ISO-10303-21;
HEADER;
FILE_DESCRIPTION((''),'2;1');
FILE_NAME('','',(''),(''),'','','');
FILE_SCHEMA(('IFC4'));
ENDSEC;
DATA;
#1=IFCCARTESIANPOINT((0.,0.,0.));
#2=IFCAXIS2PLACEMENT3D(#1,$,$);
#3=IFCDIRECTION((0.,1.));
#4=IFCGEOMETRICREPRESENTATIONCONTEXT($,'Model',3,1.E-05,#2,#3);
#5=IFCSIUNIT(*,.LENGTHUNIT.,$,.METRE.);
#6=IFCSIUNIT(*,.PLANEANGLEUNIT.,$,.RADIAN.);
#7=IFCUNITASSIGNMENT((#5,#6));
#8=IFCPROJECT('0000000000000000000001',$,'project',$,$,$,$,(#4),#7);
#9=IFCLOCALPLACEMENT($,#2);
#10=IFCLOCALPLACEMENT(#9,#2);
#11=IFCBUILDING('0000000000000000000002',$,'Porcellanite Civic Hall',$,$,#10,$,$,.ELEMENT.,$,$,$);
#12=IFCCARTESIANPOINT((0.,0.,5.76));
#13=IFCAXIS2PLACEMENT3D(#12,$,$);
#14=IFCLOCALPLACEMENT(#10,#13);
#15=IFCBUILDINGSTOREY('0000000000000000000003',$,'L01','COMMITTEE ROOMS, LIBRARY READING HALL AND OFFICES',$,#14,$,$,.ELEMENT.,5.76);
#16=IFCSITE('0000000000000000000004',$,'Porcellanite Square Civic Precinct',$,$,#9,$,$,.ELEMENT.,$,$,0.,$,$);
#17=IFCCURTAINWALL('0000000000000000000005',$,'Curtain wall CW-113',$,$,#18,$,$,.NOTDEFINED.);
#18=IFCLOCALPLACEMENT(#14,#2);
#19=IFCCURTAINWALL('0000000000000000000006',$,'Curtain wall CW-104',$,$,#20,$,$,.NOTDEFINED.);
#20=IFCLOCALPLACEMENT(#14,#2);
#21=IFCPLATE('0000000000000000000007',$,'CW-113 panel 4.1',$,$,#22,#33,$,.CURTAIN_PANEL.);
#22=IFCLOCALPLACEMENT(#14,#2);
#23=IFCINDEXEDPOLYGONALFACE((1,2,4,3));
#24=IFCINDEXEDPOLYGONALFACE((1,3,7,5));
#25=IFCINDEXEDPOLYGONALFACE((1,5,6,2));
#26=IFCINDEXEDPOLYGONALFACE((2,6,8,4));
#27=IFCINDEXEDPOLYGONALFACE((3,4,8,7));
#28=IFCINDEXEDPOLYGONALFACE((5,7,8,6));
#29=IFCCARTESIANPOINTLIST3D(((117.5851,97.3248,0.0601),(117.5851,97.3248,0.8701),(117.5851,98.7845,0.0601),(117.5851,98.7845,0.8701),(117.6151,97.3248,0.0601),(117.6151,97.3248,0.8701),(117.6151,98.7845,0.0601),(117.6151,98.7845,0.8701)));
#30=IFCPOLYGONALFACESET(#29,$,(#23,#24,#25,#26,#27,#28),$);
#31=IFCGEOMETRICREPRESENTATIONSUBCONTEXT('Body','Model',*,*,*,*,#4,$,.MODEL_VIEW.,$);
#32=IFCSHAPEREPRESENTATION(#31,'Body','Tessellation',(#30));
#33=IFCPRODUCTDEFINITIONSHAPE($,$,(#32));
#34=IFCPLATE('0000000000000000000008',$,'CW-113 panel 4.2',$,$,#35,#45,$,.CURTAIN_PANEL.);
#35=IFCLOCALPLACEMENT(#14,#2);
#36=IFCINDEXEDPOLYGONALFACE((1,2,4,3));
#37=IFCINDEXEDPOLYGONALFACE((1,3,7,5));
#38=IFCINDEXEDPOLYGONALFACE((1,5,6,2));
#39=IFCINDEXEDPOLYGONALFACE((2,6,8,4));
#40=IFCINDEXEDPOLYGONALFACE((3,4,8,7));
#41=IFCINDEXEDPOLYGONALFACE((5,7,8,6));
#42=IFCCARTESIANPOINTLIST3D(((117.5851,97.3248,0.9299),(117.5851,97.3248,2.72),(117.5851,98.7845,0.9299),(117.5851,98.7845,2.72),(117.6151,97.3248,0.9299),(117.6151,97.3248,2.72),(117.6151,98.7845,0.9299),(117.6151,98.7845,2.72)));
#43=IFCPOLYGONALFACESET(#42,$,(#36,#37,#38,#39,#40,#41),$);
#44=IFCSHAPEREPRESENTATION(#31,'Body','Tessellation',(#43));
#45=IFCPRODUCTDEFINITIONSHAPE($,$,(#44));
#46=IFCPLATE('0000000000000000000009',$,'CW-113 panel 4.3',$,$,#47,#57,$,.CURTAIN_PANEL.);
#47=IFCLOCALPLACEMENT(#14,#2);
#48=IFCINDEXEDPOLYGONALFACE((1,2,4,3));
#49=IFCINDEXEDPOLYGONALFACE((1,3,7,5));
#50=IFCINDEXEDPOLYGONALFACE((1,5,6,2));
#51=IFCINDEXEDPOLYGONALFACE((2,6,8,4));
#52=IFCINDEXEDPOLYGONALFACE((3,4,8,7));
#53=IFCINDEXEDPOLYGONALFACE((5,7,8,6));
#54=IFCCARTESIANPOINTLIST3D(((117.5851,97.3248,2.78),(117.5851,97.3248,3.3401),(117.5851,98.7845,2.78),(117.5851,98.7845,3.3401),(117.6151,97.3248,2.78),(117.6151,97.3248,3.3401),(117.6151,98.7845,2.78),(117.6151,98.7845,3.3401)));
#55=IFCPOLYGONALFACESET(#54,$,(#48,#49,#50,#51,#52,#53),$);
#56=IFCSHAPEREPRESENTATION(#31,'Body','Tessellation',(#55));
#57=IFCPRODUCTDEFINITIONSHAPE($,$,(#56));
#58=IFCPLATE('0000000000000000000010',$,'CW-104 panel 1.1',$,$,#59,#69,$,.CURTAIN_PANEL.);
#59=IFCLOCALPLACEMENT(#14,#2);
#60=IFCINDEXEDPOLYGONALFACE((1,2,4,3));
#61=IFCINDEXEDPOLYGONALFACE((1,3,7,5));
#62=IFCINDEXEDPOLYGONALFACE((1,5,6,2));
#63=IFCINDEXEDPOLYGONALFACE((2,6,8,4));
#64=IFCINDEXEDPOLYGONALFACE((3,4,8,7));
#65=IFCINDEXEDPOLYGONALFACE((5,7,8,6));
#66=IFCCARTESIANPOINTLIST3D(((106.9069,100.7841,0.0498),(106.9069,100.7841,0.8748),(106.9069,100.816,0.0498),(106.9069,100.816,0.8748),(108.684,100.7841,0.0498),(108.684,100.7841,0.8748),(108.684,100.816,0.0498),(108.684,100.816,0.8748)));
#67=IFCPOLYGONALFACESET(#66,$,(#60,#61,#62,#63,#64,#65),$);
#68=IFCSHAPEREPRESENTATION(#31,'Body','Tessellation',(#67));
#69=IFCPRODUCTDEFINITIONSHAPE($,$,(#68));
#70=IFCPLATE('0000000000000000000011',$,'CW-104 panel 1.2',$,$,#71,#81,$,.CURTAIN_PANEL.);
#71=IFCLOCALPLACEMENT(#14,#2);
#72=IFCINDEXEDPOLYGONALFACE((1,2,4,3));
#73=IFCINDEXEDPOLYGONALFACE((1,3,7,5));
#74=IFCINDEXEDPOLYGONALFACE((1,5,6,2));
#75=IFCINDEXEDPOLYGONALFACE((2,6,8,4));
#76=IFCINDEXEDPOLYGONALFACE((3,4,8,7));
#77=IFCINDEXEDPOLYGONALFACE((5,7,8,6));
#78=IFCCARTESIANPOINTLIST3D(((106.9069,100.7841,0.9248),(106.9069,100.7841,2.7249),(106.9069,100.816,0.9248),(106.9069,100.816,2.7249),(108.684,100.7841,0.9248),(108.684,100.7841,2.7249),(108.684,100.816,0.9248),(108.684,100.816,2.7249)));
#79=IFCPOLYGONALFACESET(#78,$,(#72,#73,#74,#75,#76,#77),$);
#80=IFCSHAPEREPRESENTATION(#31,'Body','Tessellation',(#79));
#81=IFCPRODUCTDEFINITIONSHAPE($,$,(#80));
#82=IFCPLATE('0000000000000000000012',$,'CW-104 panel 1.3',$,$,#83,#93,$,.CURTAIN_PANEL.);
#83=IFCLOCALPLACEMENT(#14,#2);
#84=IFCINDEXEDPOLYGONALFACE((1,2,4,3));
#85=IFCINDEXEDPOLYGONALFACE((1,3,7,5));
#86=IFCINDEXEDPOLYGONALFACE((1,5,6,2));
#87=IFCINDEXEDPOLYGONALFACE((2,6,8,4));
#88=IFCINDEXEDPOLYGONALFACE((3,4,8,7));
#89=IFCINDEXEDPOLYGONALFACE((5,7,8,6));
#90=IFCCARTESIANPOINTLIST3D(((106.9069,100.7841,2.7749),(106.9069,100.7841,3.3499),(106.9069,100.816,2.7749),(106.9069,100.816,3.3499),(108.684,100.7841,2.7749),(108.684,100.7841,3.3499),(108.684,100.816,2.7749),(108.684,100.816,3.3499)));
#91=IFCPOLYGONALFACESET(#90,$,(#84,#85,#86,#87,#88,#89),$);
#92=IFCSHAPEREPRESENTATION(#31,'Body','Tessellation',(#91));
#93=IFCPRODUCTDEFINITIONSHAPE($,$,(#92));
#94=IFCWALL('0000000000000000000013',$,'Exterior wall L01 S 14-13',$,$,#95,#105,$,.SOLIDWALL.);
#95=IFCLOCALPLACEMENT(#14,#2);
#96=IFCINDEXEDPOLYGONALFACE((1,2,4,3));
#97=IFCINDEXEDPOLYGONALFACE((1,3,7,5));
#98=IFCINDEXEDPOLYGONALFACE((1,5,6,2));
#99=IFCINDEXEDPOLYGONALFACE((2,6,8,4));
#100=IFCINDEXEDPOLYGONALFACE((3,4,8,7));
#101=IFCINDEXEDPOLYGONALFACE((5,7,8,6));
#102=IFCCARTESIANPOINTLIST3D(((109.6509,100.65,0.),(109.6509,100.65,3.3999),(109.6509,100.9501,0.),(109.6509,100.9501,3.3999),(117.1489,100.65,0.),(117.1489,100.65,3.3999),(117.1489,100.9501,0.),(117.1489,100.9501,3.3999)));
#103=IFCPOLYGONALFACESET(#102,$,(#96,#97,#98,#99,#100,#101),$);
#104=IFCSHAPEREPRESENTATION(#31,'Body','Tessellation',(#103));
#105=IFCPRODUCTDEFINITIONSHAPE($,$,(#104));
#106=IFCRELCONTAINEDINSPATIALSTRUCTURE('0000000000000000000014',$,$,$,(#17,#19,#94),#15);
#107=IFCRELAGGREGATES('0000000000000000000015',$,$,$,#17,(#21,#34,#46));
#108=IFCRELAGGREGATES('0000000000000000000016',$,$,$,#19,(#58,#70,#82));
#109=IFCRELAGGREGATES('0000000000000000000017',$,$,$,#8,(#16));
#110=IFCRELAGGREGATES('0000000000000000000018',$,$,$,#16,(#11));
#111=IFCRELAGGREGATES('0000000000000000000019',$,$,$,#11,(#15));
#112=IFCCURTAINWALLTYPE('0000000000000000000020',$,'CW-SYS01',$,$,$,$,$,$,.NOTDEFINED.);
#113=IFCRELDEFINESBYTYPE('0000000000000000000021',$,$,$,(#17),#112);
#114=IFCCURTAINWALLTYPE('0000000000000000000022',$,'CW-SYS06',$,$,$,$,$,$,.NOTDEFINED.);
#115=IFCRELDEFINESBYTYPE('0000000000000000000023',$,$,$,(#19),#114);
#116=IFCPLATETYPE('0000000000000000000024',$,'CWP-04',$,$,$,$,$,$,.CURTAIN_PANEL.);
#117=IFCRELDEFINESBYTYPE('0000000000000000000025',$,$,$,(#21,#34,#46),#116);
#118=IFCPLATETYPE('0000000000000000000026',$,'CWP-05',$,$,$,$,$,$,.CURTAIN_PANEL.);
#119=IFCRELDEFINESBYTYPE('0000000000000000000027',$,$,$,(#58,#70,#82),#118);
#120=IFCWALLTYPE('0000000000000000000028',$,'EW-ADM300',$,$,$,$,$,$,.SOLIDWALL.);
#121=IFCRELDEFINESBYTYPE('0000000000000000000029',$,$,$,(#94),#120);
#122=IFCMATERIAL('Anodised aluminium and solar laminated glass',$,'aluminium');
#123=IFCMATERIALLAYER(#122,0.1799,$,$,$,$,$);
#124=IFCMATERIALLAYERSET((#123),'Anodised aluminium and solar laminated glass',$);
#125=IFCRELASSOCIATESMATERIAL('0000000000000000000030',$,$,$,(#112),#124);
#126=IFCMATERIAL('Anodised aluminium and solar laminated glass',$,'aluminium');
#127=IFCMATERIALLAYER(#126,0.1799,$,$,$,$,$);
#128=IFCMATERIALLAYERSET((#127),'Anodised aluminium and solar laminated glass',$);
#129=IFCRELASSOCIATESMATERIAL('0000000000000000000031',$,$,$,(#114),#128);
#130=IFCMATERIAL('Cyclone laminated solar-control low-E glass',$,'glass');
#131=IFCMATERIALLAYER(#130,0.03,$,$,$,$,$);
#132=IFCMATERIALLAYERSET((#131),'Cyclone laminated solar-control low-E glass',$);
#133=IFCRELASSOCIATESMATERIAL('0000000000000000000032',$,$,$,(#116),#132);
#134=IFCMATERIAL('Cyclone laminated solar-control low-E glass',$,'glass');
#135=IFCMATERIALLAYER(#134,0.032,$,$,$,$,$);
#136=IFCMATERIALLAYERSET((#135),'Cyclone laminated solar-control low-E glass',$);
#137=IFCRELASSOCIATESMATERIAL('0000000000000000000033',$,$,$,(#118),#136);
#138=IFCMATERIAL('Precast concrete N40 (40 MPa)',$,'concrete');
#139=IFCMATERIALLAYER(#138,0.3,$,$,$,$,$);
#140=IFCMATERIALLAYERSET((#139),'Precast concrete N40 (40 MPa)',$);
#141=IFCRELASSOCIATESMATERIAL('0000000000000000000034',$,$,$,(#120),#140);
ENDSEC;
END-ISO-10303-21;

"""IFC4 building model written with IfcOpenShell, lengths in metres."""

from ifc_helpers import new_model, si_unit, direction, frame, frame_2d, origin, origin_2d, place, context, subcontext, project, spatial, rectangle, extrude, material, layer, layer_set, type_object, element, aggregate, save


model = new_model("IFC4")

# Units and contexts
model_context = context("Model", 3, precision=1e-05, world=origin(), true_north=direction((0.0, 1.0)))
body_context = subcontext(model_context, "Body", "Model", "MODEL_VIEW")
ifc_project = project(units=[si_unit("LENGTHUNIT", "METRE"), si_unit("PLANEANGLEUNIT", "RADIAN")], contexts=[model_context])

# Site, building, storey
site_placement = place(None, origin())
site = spatial("IfcSite", under=ifc_project, at=site_placement, Name="Porcellanite Square Civic Precinct", CompositionType="ELEMENT", RefElevation=0.0)
building_placement = place(site_placement, origin())
building = spatial("IfcBuilding", under=site, at=building_placement, Name="Porcellanite Civic Hall", CompositionType="ELEMENT")
storey_placement = place(building_placement, frame((0.0, 0.0, 5.76)))
storey = spatial("IfcBuildingStorey", under=building, at=storey_placement, Name="L01", Description="COMMITTEE ROOMS, LIBRARY READING HALL AND OFFICES", CompositionType="ELEMENT", Elevation=5.76)

# Curtain walls
ifc_material_1 = material(Name="Anodised aluminium and solar laminated glass", Category="aluminium")
ifc_layer_1 = layer(ifc_material_1, 0.1799)
ifc_layer_set_1 = layer_set([ifc_layer_1], Name="Anodised aluminium and solar laminated glass")
curtain_wall_type_1 = type_object("IfcCurtainWallType", Name="CW-SYS01", PredefinedType="NOTDEFINED", material=ifc_layer_set_1)
curtain_wall_1_placement = place(storey_placement, origin())
curtain_wall_1 = element("IfcCurtainWall", 1, at=curtain_wall_1_placement, inside=storey, type_object=curtain_wall_type_1, Name="Curtain wall CW-113", PredefinedType="NOTDEFINED")
ifc_material_2 = material(Name="Anodised aluminium and solar laminated glass", Category="aluminium")
ifc_layer_2 = layer(ifc_material_2, 0.1799)
ifc_layer_set_2 = layer_set([ifc_layer_2], Name="Anodised aluminium and solar laminated glass")
curtain_wall_type_2 = type_object("IfcCurtainWallType", Name="CW-SYS06", PredefinedType="NOTDEFINED", material=ifc_layer_set_2)
curtain_wall_2_placement = place(storey_placement, origin())
curtain_wall_2 = element("IfcCurtainWall", 2, at=curtain_wall_2_placement, inside=storey, type_object=curtain_wall_type_2, Name="Curtain wall CW-104", PredefinedType="NOTDEFINED")

# Plates
ifc_material_3 = material(Name="Cyclone laminated solar-control low-E glass", Category="glass")
ifc_layer_3 = layer(ifc_material_3, 0.03)
ifc_layer_set_3 = layer_set([ifc_layer_3], Name="Cyclone laminated solar-control low-E glass")
plate_type_1 = type_object("IfcPlateType", Name="CWP-04", PredefinedType="CURTAIN_PANEL", material=ifc_layer_set_3)
plate_1_placement = place(storey_placement, frame((117.6001, 98.0547, 0.0601), z_axis=(0.0, 0.0, 1.0), x_axis=(0.0, 1.0, 0.0)))
plate_1 = element("IfcPlate", 3, at=plate_1_placement, type_object=plate_type_1, Name="CW-113 panel 4.1", PredefinedType="CURTAIN_PANEL", context=body_context, shape_type="SweptSolid", body=[
    extrude(rectangle(XDim=1.4597, YDim=0.03, at=origin_2d()), origin(), (0.0, 0.0, 1.0), 0.8101),
])
plate_2_placement = place(storey_placement, frame((117.6001, 98.0547, 0.9299), z_axis=(0.0, 0.0, 1.0), x_axis=(0.0, 1.0, 0.0)))
plate_2 = element("IfcPlate", 4, at=plate_2_placement, type_object=plate_type_1, Name="CW-113 panel 4.2", PredefinedType="CURTAIN_PANEL", context=body_context, shape_type="SweptSolid", body=[
    extrude(rectangle(XDim=1.4597, YDim=0.03, at=origin_2d()), origin(), (0.0, 0.0, 1.0), 1.79),
])
plate_3_placement = place(storey_placement, frame((117.6001, 98.0547, 2.78), z_axis=(0.0, 0.0, 1.0), x_axis=(0.0, 1.0, 0.0)))
plate_3 = element("IfcPlate", 5, at=plate_3_placement, type_object=plate_type_1, Name="CW-113 panel 4.3", PredefinedType="CURTAIN_PANEL", context=body_context, shape_type="SweptSolid", body=[
    extrude(rectangle(XDim=1.4597, YDim=0.03, at=origin_2d()), origin(), (0.0, 0.0, 1.0), 0.5601),
])
aggregate(curtain_wall_1, [plate_1, plate_2, plate_3])
ifc_material_4 = material(Name="Cyclone laminated solar-control low-E glass", Category="glass")
ifc_layer_4 = layer(ifc_material_4, 0.032)
ifc_layer_set_4 = layer_set([ifc_layer_4], Name="Cyclone laminated solar-control low-E glass")
plate_type_2 = type_object("IfcPlateType", Name="CWP-05", PredefinedType="CURTAIN_PANEL", material=ifc_layer_set_4)
plate_4_placement = place(storey_placement, frame((107.7954, 100.8, 0.0498), z_axis=(0.0, 0.0, 1.0), x_axis=(-1.0, 0.0, 0.0)))
plate_4 = element("IfcPlate", 6, at=plate_4_placement, type_object=plate_type_2, Name="CW-104 panel 1.1", PredefinedType="CURTAIN_PANEL", context=body_context, shape_type="SweptSolid", body=[
    extrude(rectangle(XDim=1.7771, YDim=0.032, at=origin_2d()), origin(), (0.0, 0.0, 1.0), 0.825),
])
plate_5_placement = place(storey_placement, frame((107.7954, 100.8, 0.9248), z_axis=(0.0, 0.0, 1.0), x_axis=(-1.0, 0.0, 0.0)))
plate_5 = element("IfcPlate", 7, at=plate_5_placement, type_object=plate_type_2, Name="CW-104 panel 1.2", PredefinedType="CURTAIN_PANEL", context=body_context, shape_type="SweptSolid", body=[
    extrude(rectangle(XDim=1.7771, YDim=0.032, at=origin_2d()), origin(), (0.0, 0.0, 1.0), 1.8),
])
plate_6_placement = place(storey_placement, frame((107.7954, 100.8, 2.7749), z_axis=(0.0, 0.0, 1.0), x_axis=(-1.0, 0.0, 0.0)))
plate_6 = element("IfcPlate", 8, at=plate_6_placement, type_object=plate_type_2, Name="CW-104 panel 1.3", PredefinedType="CURTAIN_PANEL", context=body_context, shape_type="SweptSolid", body=[
    extrude(rectangle(XDim=1.7771, YDim=0.032, at=origin_2d()), origin(), (0.0, 0.0, 1.0), 0.575),
])
aggregate(curtain_wall_2, [plate_4, plate_5, plate_6])

# Wall
ifc_material_5 = material(Name="Precast concrete N40 (40 MPa)", Category="concrete")
ifc_layer_5 = layer(ifc_material_5, 0.3)
ifc_layer_set_5 = layer_set([ifc_layer_5], Name="Precast concrete N40 (40 MPa)")
wall_type = type_object("IfcWallType", Name="EW-ADM300", PredefinedType="SOLIDWALL", material=ifc_layer_set_5)
wall_placement = place(storey_placement, frame((117.1489, 100.8, 0.0), z_axis=(0.0, 0.0, 1.0), x_axis=(-1.0, 0.0, 0.0)))
element("IfcWall", 9, at=wall_placement, inside=storey, type_object=wall_type, Name="Exterior wall L01 S 14-13", PredefinedType="SOLIDWALL", context=body_context, shape_type="SweptSolid", body=[
    extrude(rectangle(XDim=7.498, YDim=0.3, at=frame_2d((3.749, 0.0))), origin(), (0.0, 0.0, 1.0), 3.3999),
])

save(model, "model.ifc")
